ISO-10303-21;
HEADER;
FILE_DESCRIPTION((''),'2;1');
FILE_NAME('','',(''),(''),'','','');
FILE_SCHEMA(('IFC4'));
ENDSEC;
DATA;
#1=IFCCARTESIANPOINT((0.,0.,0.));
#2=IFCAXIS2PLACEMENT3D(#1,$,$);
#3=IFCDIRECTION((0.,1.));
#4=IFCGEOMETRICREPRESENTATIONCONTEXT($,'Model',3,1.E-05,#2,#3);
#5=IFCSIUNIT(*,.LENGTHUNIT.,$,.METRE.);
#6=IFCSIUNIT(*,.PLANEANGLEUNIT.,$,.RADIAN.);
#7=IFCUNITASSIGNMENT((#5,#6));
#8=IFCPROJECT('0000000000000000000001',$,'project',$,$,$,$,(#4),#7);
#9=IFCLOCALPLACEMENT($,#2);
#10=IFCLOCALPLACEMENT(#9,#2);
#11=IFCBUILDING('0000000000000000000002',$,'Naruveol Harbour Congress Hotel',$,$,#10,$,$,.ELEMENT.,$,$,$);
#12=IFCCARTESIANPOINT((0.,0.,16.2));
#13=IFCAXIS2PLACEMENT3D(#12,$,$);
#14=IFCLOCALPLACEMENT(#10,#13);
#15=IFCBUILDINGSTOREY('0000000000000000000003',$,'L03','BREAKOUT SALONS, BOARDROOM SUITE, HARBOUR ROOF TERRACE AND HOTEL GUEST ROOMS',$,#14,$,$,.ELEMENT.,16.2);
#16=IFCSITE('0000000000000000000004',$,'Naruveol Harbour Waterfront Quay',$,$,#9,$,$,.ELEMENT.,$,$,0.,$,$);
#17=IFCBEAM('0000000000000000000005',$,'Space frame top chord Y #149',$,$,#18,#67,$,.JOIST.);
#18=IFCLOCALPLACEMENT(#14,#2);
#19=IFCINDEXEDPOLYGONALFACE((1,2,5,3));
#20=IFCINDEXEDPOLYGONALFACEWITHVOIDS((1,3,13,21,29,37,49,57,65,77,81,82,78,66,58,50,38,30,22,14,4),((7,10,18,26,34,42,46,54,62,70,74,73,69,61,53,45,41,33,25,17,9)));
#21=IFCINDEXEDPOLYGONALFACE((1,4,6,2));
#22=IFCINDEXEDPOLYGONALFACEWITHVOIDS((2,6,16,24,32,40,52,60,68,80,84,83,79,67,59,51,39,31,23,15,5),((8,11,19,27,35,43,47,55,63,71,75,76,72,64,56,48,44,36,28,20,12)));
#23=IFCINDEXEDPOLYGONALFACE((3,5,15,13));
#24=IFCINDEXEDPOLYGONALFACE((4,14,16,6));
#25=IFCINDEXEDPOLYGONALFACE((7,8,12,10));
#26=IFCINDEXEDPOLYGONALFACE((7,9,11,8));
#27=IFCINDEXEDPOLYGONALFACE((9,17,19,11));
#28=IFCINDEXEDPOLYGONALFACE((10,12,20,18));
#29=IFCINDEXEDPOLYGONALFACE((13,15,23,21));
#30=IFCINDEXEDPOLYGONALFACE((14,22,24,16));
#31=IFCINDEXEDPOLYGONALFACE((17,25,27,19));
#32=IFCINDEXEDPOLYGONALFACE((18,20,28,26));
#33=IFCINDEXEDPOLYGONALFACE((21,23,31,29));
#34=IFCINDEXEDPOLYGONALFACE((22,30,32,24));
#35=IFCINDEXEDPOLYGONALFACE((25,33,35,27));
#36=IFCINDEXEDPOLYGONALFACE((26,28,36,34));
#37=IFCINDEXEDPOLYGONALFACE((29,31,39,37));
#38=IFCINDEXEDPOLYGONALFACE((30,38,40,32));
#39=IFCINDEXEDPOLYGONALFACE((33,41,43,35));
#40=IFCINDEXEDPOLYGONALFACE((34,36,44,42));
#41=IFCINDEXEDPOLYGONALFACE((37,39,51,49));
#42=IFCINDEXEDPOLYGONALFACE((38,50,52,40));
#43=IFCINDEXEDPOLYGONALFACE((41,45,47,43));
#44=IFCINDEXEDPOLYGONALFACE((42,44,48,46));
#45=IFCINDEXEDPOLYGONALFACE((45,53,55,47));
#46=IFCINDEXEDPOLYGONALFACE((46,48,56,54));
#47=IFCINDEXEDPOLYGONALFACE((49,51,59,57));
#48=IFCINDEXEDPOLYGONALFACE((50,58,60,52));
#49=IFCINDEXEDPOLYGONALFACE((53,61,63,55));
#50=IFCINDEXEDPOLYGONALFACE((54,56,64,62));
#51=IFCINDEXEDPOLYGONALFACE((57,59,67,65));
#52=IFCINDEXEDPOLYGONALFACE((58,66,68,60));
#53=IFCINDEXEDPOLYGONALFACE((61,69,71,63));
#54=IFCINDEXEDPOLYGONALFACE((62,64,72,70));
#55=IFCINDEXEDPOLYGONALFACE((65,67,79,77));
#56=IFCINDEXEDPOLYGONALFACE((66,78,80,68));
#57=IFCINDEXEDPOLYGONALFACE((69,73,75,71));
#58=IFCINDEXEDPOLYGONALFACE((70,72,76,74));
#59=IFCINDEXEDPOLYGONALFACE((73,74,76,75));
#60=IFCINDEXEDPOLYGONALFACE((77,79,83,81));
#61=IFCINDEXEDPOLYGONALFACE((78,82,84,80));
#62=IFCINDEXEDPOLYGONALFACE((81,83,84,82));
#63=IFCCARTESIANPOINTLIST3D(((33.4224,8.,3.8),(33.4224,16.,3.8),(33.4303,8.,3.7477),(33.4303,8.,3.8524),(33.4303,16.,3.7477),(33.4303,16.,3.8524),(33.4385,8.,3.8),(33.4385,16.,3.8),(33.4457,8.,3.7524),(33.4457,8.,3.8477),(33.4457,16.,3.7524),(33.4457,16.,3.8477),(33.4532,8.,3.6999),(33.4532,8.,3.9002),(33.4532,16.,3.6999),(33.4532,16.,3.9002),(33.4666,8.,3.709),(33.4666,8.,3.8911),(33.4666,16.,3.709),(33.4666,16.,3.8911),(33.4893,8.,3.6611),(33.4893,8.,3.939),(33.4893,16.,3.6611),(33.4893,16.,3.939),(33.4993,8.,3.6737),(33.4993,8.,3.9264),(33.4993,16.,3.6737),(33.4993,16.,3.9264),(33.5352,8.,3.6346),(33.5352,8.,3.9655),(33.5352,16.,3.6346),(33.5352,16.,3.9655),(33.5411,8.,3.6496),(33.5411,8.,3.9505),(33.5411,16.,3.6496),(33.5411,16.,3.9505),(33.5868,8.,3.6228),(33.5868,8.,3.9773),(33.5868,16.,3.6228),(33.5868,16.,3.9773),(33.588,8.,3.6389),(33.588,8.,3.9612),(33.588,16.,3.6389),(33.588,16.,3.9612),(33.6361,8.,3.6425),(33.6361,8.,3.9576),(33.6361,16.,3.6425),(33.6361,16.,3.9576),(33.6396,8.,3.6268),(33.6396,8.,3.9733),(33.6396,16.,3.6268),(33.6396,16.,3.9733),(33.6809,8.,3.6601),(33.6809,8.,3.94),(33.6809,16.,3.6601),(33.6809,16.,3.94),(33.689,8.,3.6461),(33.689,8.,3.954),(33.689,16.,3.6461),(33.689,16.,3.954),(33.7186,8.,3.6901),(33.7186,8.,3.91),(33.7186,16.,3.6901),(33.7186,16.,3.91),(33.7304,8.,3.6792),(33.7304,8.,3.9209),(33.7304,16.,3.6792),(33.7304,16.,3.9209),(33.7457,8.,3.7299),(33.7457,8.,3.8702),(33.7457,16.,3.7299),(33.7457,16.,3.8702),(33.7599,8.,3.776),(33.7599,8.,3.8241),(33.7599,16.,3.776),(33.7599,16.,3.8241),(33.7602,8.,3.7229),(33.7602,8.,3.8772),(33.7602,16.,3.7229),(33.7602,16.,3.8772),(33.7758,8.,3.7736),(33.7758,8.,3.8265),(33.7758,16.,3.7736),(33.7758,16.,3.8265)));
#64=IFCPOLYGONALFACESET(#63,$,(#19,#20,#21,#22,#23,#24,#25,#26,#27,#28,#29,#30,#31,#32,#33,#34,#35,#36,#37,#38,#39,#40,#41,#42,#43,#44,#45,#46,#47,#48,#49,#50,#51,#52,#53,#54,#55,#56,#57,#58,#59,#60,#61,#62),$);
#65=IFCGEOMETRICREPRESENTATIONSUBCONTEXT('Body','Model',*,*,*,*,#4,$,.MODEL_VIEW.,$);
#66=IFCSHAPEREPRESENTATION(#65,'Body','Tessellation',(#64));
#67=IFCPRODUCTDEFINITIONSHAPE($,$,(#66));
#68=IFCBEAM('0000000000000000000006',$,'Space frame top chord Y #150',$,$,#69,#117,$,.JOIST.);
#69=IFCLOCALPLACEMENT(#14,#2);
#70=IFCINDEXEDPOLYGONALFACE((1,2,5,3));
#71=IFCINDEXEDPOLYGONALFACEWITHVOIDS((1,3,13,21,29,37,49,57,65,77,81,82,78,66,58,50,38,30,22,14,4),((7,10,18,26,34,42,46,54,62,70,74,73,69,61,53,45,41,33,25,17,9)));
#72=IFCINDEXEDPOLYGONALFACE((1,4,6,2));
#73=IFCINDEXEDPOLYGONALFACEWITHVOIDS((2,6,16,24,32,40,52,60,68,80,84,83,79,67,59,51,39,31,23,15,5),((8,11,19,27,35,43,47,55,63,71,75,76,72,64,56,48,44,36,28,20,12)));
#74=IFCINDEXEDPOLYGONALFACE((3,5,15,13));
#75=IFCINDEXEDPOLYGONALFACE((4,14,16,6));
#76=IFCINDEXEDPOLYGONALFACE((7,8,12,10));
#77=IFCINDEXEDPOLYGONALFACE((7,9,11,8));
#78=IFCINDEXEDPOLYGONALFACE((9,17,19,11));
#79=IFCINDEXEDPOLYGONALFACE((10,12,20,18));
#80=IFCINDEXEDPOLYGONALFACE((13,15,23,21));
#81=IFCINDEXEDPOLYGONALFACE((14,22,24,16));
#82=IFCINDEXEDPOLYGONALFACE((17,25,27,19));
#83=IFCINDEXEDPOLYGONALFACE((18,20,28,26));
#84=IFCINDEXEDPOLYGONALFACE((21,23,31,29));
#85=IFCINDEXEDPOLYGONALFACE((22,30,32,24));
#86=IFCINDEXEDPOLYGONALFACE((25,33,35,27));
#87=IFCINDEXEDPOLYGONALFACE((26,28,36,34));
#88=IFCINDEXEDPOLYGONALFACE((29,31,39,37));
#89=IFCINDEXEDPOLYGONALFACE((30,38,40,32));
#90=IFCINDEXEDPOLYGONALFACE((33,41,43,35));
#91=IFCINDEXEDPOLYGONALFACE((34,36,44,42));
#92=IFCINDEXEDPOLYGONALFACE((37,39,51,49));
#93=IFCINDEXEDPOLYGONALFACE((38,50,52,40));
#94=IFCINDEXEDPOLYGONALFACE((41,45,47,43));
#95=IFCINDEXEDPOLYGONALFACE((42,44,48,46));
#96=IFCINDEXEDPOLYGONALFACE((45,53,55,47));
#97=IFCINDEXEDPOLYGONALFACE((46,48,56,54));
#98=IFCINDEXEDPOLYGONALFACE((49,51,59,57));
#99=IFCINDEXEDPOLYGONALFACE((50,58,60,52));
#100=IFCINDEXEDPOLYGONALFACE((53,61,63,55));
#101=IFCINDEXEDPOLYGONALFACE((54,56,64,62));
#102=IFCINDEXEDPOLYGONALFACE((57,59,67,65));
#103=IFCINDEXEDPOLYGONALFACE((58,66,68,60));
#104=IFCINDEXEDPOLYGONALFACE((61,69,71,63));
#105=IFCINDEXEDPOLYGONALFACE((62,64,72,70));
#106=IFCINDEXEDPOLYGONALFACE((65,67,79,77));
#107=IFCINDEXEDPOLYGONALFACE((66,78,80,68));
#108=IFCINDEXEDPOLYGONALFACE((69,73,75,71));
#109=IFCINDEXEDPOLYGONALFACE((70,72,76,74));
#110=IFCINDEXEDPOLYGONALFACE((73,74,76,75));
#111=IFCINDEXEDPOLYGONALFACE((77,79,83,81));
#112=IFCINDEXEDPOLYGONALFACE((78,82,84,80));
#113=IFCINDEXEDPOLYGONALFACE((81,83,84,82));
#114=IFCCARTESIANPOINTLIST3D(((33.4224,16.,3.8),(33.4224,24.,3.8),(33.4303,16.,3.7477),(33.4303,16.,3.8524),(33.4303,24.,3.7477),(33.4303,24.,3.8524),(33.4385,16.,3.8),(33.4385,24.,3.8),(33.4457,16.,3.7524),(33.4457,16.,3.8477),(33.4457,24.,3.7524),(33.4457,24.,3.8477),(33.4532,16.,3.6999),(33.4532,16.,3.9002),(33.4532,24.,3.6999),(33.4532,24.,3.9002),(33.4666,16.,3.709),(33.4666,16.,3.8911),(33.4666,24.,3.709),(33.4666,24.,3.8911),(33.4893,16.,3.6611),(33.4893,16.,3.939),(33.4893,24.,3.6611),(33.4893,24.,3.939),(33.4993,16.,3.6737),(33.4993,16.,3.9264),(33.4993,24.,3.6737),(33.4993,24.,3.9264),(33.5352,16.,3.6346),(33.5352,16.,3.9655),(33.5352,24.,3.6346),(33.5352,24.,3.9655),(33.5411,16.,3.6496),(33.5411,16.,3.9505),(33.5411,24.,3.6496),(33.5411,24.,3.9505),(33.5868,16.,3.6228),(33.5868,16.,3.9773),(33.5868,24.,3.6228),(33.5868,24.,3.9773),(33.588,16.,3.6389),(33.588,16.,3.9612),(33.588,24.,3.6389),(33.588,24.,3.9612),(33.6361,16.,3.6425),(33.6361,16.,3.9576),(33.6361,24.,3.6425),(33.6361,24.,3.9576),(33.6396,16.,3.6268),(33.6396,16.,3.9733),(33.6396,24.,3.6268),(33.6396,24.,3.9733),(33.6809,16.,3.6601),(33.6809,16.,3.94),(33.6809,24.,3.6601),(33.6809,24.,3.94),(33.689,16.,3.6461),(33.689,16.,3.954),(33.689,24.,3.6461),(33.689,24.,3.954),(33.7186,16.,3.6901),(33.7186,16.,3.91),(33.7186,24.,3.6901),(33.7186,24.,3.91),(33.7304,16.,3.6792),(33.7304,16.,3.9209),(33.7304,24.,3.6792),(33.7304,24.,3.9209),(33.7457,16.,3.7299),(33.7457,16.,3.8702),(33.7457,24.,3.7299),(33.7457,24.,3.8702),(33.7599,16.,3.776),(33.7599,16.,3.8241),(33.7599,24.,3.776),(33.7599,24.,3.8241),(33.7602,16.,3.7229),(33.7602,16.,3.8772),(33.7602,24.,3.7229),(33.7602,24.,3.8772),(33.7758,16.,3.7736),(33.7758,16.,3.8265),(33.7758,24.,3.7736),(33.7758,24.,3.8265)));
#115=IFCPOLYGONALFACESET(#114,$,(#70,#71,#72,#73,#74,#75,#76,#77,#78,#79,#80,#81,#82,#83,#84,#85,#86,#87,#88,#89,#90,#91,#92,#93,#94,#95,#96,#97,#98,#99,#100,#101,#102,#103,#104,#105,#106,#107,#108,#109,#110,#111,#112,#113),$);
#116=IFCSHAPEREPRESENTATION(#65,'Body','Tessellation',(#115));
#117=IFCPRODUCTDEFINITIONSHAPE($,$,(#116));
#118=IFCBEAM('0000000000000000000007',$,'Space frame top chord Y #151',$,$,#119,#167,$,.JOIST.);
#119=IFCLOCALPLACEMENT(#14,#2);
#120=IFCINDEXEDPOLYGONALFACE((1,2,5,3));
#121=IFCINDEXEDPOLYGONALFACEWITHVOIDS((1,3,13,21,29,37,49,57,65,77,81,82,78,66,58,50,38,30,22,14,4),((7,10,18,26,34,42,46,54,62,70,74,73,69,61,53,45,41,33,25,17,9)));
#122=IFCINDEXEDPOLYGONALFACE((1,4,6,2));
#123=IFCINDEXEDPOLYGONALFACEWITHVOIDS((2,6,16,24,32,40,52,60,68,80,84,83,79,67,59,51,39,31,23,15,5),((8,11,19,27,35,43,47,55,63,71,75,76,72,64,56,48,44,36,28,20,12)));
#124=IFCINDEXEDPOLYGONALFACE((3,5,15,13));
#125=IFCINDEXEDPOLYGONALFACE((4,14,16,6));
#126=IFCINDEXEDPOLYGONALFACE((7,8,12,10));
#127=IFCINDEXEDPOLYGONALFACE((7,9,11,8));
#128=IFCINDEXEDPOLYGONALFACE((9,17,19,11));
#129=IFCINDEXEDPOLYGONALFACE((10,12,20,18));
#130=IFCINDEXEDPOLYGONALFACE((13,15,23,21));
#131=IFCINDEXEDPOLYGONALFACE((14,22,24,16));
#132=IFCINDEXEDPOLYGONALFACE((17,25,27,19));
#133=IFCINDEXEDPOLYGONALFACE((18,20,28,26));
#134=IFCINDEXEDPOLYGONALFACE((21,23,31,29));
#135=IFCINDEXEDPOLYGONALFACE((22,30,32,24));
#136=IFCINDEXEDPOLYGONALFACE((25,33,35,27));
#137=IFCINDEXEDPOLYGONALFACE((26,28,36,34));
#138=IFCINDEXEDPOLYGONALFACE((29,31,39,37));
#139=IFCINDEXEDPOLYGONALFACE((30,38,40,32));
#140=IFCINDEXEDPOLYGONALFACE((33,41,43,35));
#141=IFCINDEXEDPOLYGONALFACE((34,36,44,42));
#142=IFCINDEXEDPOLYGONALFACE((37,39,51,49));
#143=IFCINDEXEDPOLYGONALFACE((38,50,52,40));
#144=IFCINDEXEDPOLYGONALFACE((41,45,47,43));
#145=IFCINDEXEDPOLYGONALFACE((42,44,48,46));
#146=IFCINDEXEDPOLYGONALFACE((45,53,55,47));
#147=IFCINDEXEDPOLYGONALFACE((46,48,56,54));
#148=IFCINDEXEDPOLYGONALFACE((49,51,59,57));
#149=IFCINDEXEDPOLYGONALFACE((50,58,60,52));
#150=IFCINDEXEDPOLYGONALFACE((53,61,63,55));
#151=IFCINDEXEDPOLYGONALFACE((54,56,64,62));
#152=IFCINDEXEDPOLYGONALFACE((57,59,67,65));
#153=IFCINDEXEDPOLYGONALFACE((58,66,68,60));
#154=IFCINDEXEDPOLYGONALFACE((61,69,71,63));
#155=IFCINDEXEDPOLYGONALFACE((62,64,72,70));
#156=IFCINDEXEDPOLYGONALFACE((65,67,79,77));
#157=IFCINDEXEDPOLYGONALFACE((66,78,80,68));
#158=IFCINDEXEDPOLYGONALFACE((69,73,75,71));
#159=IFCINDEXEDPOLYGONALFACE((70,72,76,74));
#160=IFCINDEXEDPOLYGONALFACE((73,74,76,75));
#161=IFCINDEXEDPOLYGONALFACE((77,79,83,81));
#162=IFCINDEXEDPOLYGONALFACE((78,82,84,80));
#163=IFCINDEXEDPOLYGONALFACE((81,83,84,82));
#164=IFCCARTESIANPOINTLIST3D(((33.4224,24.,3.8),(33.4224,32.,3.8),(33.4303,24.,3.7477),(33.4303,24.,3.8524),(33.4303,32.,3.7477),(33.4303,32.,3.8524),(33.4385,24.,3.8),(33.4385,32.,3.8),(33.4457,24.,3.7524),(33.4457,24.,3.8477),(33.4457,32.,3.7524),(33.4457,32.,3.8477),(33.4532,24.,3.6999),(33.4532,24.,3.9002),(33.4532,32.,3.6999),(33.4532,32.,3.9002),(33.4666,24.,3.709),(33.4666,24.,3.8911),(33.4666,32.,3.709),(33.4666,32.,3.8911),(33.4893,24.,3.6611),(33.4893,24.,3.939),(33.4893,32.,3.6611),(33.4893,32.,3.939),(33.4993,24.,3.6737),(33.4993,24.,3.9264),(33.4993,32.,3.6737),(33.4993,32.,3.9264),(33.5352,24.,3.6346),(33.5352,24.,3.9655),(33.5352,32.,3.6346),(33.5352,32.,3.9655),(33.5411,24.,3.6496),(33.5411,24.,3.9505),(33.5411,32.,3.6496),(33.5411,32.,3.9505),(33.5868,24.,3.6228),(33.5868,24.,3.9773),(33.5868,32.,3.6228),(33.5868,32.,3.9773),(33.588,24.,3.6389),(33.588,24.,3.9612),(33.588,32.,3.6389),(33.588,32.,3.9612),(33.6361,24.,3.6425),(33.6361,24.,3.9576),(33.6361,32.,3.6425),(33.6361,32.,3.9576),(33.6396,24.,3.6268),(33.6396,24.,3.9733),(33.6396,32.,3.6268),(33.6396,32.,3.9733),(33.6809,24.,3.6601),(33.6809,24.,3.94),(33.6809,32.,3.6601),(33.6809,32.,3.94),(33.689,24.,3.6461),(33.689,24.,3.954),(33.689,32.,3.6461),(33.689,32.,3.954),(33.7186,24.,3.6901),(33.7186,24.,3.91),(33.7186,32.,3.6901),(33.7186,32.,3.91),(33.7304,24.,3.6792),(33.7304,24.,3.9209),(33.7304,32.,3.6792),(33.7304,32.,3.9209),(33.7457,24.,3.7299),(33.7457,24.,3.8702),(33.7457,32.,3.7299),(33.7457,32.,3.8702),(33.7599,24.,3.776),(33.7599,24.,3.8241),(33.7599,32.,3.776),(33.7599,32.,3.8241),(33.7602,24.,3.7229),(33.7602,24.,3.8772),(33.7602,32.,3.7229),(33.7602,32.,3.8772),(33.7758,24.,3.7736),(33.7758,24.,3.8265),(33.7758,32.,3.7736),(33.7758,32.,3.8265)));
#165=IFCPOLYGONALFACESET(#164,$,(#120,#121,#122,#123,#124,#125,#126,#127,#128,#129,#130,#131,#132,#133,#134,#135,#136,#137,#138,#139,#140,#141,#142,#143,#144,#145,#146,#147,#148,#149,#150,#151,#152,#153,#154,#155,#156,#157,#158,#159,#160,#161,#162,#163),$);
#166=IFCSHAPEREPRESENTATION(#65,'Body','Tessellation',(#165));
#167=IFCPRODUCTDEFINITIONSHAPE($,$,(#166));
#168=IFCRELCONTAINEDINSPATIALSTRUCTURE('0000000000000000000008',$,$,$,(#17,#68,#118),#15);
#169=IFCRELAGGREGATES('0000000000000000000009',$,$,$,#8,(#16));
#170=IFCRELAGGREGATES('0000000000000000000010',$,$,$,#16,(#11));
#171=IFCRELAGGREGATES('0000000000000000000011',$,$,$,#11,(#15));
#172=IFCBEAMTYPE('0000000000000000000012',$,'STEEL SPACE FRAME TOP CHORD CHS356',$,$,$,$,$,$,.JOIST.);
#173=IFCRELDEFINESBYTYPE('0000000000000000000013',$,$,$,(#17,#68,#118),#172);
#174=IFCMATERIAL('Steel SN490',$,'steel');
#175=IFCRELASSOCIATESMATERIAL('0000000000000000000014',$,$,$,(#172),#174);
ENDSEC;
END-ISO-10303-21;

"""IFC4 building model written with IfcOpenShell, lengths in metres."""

from ifc_helpers import new_model, si_unit, direction, frame, origin, origin_2d, place, context, subcontext, project, spatial, hollow_circle, extrude, material, material_profile, profile_set, type_object, element, save


model = new_model("IFC4")

# Units and contexts
model_context = context("Model", 3, precision=1e-05, world=origin(), true_north=direction((0.0, 1.0)))
body_context = subcontext(model_context, "Body", "Model", "MODEL_VIEW")
ifc_project = project(units=[si_unit("LENGTHUNIT", "METRE"), si_unit("PLANEANGLEUNIT", "RADIAN")], contexts=[model_context])

# Site, building, storey
site_placement = place(None, origin())
site = spatial("IfcSite", under=ifc_project, at=site_placement, Name="Naruveol Harbour Waterfront Quay", CompositionType="ELEMENT", RefElevation=0.0)
building_placement = place(site_placement, origin())
building = spatial("IfcBuilding", under=site, at=building_placement, Name="Naruveol Harbour Congress Hotel", CompositionType="ELEMENT")
storey_placement = place(building_placement, frame((0.0, 0.0, 16.2)))
storey = spatial("IfcBuildingStorey", under=building, at=storey_placement, Name="L03", Description="BREAKOUT SALONS, BOARDROOM SUITE, HARBOUR ROOF TERRACE AND HOTEL GUEST ROOMS", CompositionType="ELEMENT", Elevation=16.2)

# Beams
ifc_material_1 = material(Name="Steel SN490", Category="steel")
ifc_material_profile_1 = material_profile(ifc_material_1, hollow_circle(Radius=0.1777, WallThickness=0.0161, at=origin_2d()), Name="CHS-355.6x16")
ifc_profile_set_1 = profile_set([ifc_material_profile_1], Name="Steel SN490")
beam_type_1 = type_object("IfcBeamType", Name="STEEL SPACE FRAME TOP CHORD CHS356", PredefinedType="JOIST", material=ifc_profile_set_1)
for number, where, z_axis, x_axis, name in (
    (1, (33.6001, 8.0, 3.8), (0.0, 1.0, 0.0), (-1.0, 0.0, 0.0), "Space frame top chord Y #149"),
    (2, (33.6001, 16.0, 3.8), (0.0, 1.0, 0.0), (-1.0, 0.0, 0.0), "Space frame top chord Y #150"),
    (3, (33.6001, 24.0, 3.8), (0.0, 1.0, 0.0), (-1.0, 0.0, 0.0), "Space frame top chord Y #151"),
):
    element("IfcBeam", number, at=place(storey_placement, frame(where, z_axis=z_axis, x_axis=x_axis)), inside=storey, type_object=beam_type_1, Name=name, PredefinedType="JOIST", context=body_context, shape_type="SweptSolid", body=[
        extrude(hollow_circle(Radius=0.1777, WallThickness=0.0161, at=origin_2d()), origin(), (0.0, 0.0, 1.0), 8.0),
    ])

save(model, "model.ifc")
